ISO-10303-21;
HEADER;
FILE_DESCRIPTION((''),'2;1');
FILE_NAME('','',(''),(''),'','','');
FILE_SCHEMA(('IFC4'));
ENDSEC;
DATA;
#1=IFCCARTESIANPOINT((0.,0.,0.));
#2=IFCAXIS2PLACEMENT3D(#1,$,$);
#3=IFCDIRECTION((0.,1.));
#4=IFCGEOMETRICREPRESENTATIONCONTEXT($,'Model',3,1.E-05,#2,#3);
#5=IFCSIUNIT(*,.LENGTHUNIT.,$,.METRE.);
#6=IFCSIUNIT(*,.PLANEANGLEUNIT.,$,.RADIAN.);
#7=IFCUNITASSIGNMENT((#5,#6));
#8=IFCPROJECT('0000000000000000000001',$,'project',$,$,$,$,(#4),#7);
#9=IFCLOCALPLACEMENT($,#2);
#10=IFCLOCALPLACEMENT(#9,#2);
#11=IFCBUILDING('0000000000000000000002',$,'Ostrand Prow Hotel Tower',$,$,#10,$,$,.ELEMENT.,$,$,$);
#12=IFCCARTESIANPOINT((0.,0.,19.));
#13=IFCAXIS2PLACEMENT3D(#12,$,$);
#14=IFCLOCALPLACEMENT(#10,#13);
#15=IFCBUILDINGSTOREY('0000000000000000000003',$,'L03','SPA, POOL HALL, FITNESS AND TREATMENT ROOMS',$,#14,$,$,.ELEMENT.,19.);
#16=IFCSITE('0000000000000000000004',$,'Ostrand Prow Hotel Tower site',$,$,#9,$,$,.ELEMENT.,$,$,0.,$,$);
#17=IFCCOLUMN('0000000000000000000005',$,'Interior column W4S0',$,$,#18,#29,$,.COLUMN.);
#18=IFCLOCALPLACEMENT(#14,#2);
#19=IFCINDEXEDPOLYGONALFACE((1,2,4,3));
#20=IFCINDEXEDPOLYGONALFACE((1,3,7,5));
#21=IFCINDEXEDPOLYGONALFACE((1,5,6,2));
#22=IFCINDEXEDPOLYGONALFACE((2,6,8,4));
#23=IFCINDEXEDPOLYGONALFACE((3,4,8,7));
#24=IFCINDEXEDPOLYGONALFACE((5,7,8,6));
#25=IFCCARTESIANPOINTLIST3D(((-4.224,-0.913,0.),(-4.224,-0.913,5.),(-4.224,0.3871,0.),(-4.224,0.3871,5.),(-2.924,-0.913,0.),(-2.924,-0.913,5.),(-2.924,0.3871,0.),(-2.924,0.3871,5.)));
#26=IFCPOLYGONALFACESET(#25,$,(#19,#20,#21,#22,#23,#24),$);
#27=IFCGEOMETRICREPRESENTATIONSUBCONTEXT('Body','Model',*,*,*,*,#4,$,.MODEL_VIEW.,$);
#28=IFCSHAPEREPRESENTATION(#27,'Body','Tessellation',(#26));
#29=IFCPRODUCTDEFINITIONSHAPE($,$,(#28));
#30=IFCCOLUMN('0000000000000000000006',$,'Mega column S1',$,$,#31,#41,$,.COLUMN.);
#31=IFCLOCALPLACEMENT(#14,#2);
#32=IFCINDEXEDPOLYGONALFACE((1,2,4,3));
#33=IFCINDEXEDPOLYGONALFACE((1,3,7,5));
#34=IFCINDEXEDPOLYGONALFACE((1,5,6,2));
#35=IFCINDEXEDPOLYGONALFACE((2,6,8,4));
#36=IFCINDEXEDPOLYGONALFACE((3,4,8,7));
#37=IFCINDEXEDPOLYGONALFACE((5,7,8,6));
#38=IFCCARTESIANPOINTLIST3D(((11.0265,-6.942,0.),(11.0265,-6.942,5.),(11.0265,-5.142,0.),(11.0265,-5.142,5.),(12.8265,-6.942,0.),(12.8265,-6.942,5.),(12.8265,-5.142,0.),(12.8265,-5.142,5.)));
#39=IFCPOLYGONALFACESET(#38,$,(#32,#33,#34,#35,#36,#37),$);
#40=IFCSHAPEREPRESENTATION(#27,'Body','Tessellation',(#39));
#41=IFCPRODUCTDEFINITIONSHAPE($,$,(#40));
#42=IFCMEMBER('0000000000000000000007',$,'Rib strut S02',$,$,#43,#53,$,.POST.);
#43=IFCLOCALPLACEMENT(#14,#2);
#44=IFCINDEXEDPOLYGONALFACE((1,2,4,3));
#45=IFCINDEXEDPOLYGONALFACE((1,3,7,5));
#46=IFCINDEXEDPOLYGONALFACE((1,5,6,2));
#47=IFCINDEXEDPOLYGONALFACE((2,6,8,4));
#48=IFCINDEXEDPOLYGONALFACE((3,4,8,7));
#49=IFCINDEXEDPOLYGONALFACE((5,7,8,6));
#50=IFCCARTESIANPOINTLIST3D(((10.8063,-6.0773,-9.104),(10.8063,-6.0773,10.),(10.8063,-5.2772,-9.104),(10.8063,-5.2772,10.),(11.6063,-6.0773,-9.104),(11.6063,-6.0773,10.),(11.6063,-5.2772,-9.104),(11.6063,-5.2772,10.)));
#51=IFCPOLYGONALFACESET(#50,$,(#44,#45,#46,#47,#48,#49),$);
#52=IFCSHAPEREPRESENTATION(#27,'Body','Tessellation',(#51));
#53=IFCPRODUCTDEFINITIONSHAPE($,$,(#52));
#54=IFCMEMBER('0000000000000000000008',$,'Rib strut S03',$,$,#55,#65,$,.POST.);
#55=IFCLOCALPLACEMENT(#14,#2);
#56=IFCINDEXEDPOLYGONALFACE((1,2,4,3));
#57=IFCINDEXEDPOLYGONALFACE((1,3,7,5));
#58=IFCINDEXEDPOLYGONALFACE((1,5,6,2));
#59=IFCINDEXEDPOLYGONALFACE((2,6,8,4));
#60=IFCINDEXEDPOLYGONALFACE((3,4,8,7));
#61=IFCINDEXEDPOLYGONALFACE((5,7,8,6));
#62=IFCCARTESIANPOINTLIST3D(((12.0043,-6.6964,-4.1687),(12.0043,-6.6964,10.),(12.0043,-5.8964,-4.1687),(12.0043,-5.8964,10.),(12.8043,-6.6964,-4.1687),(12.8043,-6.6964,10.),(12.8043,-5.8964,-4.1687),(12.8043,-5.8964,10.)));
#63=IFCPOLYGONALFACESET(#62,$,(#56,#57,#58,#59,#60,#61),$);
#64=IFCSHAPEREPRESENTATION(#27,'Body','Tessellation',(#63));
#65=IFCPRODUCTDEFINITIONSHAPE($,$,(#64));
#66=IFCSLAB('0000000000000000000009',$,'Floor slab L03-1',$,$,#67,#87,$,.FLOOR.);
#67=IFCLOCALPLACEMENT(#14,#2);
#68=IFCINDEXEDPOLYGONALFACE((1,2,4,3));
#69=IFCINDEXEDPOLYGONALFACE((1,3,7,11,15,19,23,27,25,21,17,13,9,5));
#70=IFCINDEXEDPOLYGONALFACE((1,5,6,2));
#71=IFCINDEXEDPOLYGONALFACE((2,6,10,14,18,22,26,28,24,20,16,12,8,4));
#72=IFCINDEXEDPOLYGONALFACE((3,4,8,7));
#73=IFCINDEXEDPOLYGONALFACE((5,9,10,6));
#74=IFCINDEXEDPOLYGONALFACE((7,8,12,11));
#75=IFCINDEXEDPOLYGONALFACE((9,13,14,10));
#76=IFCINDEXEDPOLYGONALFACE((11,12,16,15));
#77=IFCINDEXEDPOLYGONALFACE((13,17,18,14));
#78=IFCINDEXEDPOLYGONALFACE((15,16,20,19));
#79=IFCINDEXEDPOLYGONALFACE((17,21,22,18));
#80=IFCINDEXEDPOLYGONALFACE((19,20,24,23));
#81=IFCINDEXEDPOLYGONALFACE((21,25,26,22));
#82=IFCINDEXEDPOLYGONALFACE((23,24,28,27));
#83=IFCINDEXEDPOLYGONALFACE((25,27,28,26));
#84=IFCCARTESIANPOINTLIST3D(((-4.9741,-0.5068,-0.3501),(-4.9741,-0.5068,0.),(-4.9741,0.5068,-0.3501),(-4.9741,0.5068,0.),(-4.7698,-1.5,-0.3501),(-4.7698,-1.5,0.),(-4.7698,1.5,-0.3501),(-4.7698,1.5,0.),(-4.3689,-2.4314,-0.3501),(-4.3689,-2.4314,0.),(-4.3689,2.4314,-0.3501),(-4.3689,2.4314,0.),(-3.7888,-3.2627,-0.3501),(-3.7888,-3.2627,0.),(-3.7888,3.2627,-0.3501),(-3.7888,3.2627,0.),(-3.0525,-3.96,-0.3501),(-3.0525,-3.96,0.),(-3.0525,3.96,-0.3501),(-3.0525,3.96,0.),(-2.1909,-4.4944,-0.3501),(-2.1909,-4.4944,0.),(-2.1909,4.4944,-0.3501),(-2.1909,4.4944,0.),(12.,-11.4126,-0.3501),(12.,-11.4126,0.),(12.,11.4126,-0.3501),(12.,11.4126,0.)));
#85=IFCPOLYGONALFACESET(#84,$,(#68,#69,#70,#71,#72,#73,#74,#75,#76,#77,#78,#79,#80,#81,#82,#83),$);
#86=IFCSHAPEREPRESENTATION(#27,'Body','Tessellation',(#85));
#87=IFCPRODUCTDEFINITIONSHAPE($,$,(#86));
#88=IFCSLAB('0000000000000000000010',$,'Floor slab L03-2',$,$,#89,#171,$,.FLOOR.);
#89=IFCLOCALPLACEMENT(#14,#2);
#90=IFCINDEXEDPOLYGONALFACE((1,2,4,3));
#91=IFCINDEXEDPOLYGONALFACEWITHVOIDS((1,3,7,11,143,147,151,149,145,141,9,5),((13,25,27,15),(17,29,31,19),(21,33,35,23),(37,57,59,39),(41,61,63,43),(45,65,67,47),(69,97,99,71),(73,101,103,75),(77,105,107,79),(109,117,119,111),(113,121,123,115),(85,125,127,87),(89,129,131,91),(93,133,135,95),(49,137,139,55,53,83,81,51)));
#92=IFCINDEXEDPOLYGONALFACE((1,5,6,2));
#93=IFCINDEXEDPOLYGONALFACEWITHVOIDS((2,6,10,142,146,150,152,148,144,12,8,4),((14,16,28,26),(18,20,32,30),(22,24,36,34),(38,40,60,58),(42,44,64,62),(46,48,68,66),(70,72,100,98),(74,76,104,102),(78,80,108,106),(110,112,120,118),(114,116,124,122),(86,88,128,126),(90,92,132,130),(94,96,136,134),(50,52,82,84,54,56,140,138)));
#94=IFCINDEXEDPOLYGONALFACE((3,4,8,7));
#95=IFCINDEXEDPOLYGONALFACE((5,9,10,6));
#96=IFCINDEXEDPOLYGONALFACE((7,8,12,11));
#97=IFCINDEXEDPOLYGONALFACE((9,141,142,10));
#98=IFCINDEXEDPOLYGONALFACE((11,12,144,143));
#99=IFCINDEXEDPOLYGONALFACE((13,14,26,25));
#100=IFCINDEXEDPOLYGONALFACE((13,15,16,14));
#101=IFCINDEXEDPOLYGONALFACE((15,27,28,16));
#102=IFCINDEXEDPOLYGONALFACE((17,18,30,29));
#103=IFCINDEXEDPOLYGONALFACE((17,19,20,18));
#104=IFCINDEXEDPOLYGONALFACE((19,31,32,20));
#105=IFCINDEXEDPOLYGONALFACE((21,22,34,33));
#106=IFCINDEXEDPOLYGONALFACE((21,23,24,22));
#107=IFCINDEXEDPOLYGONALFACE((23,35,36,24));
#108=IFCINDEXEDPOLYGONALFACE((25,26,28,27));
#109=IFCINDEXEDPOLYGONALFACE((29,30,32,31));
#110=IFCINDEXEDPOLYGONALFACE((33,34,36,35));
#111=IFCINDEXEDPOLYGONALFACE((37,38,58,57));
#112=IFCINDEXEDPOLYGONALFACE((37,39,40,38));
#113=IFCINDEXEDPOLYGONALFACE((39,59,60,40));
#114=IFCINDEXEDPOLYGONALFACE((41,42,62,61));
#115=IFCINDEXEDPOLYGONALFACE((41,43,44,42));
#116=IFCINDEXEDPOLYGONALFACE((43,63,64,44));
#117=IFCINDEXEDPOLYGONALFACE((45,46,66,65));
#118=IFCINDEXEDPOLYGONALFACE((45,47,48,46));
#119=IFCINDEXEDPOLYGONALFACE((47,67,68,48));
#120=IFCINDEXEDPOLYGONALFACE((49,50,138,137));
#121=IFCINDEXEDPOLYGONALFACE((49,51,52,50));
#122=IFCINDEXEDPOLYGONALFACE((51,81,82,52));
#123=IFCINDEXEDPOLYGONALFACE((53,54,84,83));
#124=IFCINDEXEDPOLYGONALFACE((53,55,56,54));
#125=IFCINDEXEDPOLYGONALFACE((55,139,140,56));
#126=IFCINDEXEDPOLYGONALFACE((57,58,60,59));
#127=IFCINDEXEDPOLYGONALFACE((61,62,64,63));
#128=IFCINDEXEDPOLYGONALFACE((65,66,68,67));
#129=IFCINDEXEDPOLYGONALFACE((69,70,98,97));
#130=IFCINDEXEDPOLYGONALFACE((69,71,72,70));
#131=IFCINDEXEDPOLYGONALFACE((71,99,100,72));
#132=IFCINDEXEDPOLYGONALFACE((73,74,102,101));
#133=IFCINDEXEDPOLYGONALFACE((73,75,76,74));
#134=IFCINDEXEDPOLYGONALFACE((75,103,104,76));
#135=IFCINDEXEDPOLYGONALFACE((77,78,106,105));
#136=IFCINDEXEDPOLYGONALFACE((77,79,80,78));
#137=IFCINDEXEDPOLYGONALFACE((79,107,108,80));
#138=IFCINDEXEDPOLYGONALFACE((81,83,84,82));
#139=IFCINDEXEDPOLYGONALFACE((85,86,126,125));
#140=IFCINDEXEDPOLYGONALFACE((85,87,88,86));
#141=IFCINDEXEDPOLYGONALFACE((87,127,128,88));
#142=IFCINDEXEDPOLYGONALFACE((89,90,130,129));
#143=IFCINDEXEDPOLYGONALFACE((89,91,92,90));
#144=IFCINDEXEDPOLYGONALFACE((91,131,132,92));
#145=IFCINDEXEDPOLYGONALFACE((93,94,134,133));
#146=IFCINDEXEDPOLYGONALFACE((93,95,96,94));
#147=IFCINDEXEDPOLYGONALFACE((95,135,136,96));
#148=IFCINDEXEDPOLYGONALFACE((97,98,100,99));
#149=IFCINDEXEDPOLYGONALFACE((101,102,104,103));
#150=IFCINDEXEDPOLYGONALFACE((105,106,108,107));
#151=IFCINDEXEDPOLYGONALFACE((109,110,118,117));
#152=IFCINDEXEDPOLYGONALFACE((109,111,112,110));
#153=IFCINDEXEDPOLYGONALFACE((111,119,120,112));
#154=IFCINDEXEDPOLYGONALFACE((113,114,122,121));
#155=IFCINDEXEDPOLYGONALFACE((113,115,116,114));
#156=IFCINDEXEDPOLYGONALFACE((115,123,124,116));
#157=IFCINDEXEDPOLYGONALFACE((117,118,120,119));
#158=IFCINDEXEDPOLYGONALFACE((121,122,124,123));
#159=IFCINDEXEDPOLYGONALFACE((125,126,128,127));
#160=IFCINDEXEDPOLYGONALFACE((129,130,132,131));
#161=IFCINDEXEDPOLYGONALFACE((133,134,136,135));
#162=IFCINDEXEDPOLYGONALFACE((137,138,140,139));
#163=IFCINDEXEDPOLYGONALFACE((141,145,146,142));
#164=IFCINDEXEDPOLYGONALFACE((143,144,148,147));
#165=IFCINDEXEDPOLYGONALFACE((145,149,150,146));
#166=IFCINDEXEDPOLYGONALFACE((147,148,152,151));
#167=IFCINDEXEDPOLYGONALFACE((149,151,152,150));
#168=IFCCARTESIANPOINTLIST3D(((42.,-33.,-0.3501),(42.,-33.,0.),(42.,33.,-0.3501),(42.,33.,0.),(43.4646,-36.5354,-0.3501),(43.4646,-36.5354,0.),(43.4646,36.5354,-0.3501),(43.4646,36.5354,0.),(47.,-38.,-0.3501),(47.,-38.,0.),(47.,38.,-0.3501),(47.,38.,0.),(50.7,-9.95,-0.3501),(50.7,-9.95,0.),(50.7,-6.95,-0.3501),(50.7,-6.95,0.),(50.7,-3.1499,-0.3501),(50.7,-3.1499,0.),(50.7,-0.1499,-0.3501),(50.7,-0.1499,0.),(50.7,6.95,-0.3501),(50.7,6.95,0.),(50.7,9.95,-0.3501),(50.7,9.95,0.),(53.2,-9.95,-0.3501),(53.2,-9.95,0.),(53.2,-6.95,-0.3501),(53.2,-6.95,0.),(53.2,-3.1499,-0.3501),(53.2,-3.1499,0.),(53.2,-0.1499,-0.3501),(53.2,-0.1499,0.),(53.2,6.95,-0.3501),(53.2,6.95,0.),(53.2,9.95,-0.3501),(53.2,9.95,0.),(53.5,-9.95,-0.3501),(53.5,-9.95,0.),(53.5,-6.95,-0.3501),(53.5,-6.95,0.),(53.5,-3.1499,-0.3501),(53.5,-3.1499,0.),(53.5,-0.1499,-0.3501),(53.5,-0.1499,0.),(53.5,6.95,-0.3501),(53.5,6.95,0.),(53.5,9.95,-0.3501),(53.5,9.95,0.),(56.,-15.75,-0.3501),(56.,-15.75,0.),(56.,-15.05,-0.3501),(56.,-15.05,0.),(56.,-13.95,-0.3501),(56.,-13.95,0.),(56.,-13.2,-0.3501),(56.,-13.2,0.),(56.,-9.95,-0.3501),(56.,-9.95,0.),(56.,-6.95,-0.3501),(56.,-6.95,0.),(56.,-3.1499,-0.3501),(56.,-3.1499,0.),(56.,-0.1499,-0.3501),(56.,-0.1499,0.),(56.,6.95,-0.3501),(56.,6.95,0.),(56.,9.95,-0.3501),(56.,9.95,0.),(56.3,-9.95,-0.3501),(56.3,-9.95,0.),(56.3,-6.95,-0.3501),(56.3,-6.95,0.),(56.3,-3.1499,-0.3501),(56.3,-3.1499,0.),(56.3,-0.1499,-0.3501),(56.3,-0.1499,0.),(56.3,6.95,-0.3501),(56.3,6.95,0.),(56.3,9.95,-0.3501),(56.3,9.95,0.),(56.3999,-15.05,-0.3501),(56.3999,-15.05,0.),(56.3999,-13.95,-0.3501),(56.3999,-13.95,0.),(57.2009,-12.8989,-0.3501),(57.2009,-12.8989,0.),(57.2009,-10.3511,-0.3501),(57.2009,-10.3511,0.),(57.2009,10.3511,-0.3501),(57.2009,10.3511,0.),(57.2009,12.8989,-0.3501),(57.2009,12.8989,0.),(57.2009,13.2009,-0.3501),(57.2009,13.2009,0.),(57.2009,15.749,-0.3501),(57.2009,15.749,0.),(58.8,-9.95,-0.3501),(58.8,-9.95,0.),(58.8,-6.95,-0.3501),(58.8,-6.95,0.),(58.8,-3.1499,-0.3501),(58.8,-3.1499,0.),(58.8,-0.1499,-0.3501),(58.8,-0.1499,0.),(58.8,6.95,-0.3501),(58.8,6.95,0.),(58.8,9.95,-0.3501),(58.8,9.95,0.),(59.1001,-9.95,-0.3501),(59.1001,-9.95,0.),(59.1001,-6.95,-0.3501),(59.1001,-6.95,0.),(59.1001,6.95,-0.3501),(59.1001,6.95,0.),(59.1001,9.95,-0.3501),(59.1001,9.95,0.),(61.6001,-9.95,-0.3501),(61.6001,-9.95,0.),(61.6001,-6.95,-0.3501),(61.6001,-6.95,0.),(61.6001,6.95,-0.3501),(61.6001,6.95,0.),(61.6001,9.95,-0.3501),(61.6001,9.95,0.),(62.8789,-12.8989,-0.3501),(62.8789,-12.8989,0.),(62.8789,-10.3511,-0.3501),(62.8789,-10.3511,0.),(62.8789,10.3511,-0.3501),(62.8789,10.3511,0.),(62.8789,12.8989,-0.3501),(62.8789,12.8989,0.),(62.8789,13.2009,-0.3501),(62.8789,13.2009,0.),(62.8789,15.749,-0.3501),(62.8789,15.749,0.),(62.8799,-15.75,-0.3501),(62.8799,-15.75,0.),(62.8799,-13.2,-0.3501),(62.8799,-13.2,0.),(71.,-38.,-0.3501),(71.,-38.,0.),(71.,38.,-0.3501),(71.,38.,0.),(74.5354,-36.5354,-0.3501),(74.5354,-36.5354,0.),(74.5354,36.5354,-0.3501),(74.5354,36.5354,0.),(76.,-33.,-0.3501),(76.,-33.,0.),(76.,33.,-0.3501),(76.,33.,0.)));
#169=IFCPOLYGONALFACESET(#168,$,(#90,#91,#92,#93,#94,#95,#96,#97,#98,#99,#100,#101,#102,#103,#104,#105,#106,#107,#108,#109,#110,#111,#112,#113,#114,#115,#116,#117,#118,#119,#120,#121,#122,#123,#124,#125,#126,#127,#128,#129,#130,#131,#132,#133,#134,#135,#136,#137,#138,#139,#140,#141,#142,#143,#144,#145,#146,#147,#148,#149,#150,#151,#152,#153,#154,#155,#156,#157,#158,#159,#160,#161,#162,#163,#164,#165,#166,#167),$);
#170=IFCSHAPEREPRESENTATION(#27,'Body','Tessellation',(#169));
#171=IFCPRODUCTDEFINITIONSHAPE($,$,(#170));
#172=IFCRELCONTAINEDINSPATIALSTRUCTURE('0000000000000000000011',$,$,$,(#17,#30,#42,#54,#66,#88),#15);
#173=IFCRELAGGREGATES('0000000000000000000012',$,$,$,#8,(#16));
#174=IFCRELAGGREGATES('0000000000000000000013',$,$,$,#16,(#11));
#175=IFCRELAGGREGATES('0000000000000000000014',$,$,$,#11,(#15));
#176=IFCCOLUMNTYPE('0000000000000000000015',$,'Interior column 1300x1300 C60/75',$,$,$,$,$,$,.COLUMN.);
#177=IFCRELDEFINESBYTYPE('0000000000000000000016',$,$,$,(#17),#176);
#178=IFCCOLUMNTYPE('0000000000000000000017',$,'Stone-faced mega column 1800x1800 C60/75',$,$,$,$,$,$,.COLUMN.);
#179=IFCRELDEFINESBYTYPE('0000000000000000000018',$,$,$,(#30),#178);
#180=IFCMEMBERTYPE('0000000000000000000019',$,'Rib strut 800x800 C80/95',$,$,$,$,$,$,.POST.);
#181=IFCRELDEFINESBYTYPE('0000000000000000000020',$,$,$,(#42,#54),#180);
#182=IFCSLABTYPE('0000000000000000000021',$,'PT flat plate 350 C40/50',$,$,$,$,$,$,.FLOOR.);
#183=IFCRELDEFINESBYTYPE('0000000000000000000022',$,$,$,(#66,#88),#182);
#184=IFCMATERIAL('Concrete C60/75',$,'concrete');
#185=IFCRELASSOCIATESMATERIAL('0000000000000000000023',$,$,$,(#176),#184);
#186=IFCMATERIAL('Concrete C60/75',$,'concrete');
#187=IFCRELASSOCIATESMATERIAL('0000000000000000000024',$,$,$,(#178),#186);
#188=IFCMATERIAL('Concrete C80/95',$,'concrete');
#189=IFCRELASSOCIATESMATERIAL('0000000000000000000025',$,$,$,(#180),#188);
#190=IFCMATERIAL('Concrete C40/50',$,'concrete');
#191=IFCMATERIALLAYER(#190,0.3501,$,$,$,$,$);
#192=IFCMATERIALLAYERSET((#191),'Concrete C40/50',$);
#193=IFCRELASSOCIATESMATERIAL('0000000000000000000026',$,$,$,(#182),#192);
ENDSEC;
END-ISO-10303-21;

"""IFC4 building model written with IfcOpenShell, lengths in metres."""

from ifc_helpers import new_model, si_unit, direction, frame, origin, origin_2d, place, context, subcontext, project, spatial, polyline, rectangle, outline, extrude, material, layer, layer_set, material_profile, profile_set, type_object, element, save


model = new_model("IFC4")

# Units and contexts
model_context = context("Model", 3, precision=1e-05, world=origin(), true_north=direction((0.0, 1.0)))
body_context = subcontext(model_context, "Body", "Model", "MODEL_VIEW")
ifc_project = project(units=[si_unit("LENGTHUNIT", "METRE"), si_unit("PLANEANGLEUNIT", "RADIAN")], contexts=[model_context])

# Site, building, storey
site_placement = place(None, origin())
site = spatial("IfcSite", under=ifc_project, at=site_placement, Name="Ostrand Prow Hotel Tower site", CompositionType="ELEMENT", RefElevation=0.0)
building_placement = place(site_placement, origin())
building = spatial("IfcBuilding", under=site, at=building_placement, Name="Ostrand Prow Hotel Tower", CompositionType="ELEMENT")
storey_placement = place(building_placement, frame((0.0, 0.0, 19.0)))
storey = spatial("IfcBuildingStorey", under=building, at=storey_placement, Name="L03", Description="SPA, POOL HALL, FITNESS AND TREATMENT ROOMS", CompositionType="ELEMENT", Elevation=19.0)

# Columns
ifc_material_1 = material(Name="Concrete C60/75", Category="concrete")
ifc_material_profile_1 = material_profile(ifc_material_1, rectangle(XDim=1.3, YDim=1.3, at=origin_2d()), Name="RC 1300x1300")
ifc_profile_set_1 = profile_set([ifc_material_profile_1], Name="Concrete C60/75")
column_type_1 = type_object("IfcColumnType", Name="Interior column 1300x1300 C60/75", PredefinedType="COLUMN", material=ifc_profile_set_1)
column_1_placement = place(storey_placement, frame((-3.574, -0.2629, 0.0), z_axis=(0.0, 0.0, 1.0), x_axis=(1.0, 0.0, 0.0)))
element("IfcColumn", 1, at=column_1_placement, inside=storey, type_object=column_type_1, Name="Interior column W4S0", PredefinedType="COLUMN", context=body_context, shape_type="SweptSolid", body=[
    extrude(rectangle(XDim=1.3, YDim=1.3, at=origin_2d()), origin(), (0.0, 0.0, 1.0), 5.0),
])
ifc_material_2 = material(Name="Concrete C60/75", Category="concrete")
ifc_material_profile_2 = material_profile(ifc_material_2, rectangle(XDim=1.8, YDim=1.8, at=origin_2d()), Name="RC 1800x1800")
ifc_profile_set_2 = profile_set([ifc_material_profile_2], Name="Concrete C60/75")
column_type_2 = type_object("IfcColumnType", Name="Stone-faced mega column 1800x1800 C60/75", PredefinedType="COLUMN", material=ifc_profile_set_2)
column_2_placement = place(storey_placement, frame((11.9265, -6.042, 0.0), z_axis=(0.0, 0.0, 1.0), x_axis=(1.0, 0.0, 0.0)))
element("IfcColumn", 2, at=column_2_placement, inside=storey, type_object=column_type_2, Name="Mega column S1", PredefinedType="COLUMN", context=body_context, shape_type="SweptSolid", body=[
    extrude(rectangle(XDim=1.8, YDim=1.8, at=origin_2d()), origin(), (0.0, 0.0, 1.0), 5.0),
])

# Members
ifc_material_3 = material(Name="Concrete C80/95", Category="concrete")
ifc_material_profile_3 = material_profile(ifc_material_3, rectangle(XDim=0.8, YDim=0.8, at=origin_2d()), Name="RC 800x800")
ifc_profile_set_3 = profile_set([ifc_material_profile_3], Name="Concrete C80/95")
member_type = type_object("IfcMemberType", Name="Rib strut 800x800 C80/95", PredefinedType="POST", material=ifc_profile_set_3)
member_1_placement = place(storey_placement, frame((11.2063, -5.6772, -9.104), z_axis=(0.0, 0.0, 1.0), x_axis=(1.0, 0.0, 0.0)))
element("IfcMember", 3, at=member_1_placement, inside=storey, type_object=member_type, Name="Rib strut S02", PredefinedType="POST", context=body_context, shape_type="SweptSolid", body=[
    extrude(rectangle(XDim=0.8, YDim=0.8, at=origin_2d()), origin(), (0.0, 0.0, 1.0), 19.104),
])
member_2_placement = place(storey_placement, frame((12.4043, -6.2964, -4.1687), z_axis=(0.0, 0.0, 1.0), x_axis=(1.0, 0.0, 0.0)))
element("IfcMember", 4, at=member_2_placement, inside=storey, type_object=member_type, Name="Rib strut S03", PredefinedType="POST", context=body_context, shape_type="SweptSolid", body=[
    extrude(rectangle(XDim=0.8, YDim=0.8, at=origin_2d()), origin(), (0.0, 0.0, 1.0), 14.1687),
])

# Slab
ifc_material_4 = material(Name="Concrete C40/50", Category="concrete")
ifc_layer_1 = layer(ifc_material_4, 0.3501)
ifc_layer_set_1 = layer_set([ifc_layer_1], Name="Concrete C40/50")
slab_type_1 = type_object("IfcSlabType", Name="PT flat plate 350 C40/50", PredefinedType="FLOOR", material=ifc_layer_set_1)
slab_1_placement = place(storey_placement, frame((0.0, 0.0, -0.3501)))
element("IfcSlab", 5, at=slab_1_placement, inside=storey, type_object=slab_type_1, Name="Floor slab L03-1", PredefinedType="FLOOR", context=body_context, shape_type="SweptSolid", body=[
    extrude(outline(polyline([(12.0, -11.4126), (-2.1909, -4.4944), (-3.0525, -3.96), (-3.7888, -3.2627), (-4.3689, -2.4314), (-4.7698, -1.5), (-4.9741, -0.5068), (-4.9741, 0.5068), (-4.7698, 1.5), (-4.3689, 2.4314), (-3.7888, 3.2627), (-3.0525, 3.96), (-2.1909, 4.4944), (12.0, 11.4126), (12.0, -11.4126)])), origin(), (0.0, 0.0, 1.0), 0.3501),
])

# Slab, opening
slab_2_placement = place(storey_placement, frame((0.0, 0.0, -0.3501)))
slab_2 = element("IfcSlab", 6, at=slab_2_placement, inside=storey, type_object=slab_type_1, Name="Floor slab L03-2", PredefinedType="FLOOR", context=body_context, shape_type="SweptSolid", body=[
    extrude(outline(polyline([(47.0, -38.0), (43.4646, -36.5354), (42.0, -33.0), (42.0, 33.0), (43.4646, 36.5354), (47.0, 38.0), (71.0, 38.0), (74.5354, 36.5354), (76.0, 33.0), (76.0, -33.0), (74.5354, -36.5354), (71.0, -38.0), (47.0, -38.0)]), holes=[polyline([(50.7, 6.95), (53.2, 6.95), (53.2, 9.95), (50.7, 9.95), (50.7, 6.95)]), polyline([(53.5, 6.95), (56.0, 6.95), (56.0, 9.95), (53.5, 9.95), (53.5, 6.95)]), polyline([(56.3, 6.95), (58.8, 6.95), (58.8, 9.95), (56.3, 9.95), (56.3, 6.95)]), polyline([(59.1001, 6.95), (61.6001, 6.95), (61.6001, 9.95), (59.1001, 9.95), (59.1001, 6.95)]), polyline([(50.7, -3.1499), (53.2, -3.1499), (53.2, -0.1499), (50.7, -0.1499), (50.7, -3.1499)]), polyline([(53.5, -3.1499), (56.0, -3.1499), (56.0, -0.1499), (53.5, -0.1499), (53.5, -3.1499)]), polyline([(56.3, -3.1499), (58.8, -3.1499), (58.8, -0.1499), (56.3, -0.1499), (56.3, -3.1499)]), polyline([(50.7, -9.95), (53.2, -9.95), (53.2, -6.95), (50.7, -6.95), (50.7, -9.95)]), polyline([(53.5, -9.95), (56.0, -9.95), (56.0, -6.95), (53.5, -6.95), (53.5, -9.95)]), polyline([(56.3, -9.95), (58.8, -9.95), (58.8, -6.95), (56.3, -6.95), (56.3, -9.95)]), polyline([(59.1001, -9.95), (61.6001, -9.95), (61.6001, -6.95), (59.1001, -6.95), (59.1001, -9.95)]), polyline([(57.2009, 10.3511), (57.2009, 12.8989), (62.8789, 12.8989), (62.8789, 10.3511), (57.2009, 10.3511)]), polyline([(57.2009, 13.2009), (57.2009, 15.749), (62.8789, 15.749), (62.8789, 13.2009), (57.2009, 13.2009)]), polyline([(57.2009, -12.8989), (57.2009, -10.3511), (62.8789, -10.3511), (62.8789, -12.8989), (57.2009, -12.8989)]), polyline([(56.0, -13.2), (62.8799, -13.2), (62.8799, -15.75), (56.0, -15.75), (56.0, -15.05), (56.3999, -15.05), (56.3999, -13.95), (56.0, -13.95), (56.0, -13.2)])]), origin(), (0.0, 0.0, 1.0), 0.3501),
])
opening_1_placement = place(slab_2_placement, origin())
element("IfcOpeningElement", 7, at=opening_1_placement, cuts=slab_2, PredefinedType="OPENING", context=body_context, shape_type="SweptSolid", body=[
    extrude(outline(polyline([(56.0, -13.2), (62.8799, -13.2), (62.8799, -15.75), (56.0, -15.75), (56.0, -15.05), (56.3999, -15.05), (56.3999, -13.95), (56.0, -13.95), (56.0, -13.2)])), origin(), (0.0, 0.0, 1.0), 0.3501),
])

save(model, "model.ifc")
